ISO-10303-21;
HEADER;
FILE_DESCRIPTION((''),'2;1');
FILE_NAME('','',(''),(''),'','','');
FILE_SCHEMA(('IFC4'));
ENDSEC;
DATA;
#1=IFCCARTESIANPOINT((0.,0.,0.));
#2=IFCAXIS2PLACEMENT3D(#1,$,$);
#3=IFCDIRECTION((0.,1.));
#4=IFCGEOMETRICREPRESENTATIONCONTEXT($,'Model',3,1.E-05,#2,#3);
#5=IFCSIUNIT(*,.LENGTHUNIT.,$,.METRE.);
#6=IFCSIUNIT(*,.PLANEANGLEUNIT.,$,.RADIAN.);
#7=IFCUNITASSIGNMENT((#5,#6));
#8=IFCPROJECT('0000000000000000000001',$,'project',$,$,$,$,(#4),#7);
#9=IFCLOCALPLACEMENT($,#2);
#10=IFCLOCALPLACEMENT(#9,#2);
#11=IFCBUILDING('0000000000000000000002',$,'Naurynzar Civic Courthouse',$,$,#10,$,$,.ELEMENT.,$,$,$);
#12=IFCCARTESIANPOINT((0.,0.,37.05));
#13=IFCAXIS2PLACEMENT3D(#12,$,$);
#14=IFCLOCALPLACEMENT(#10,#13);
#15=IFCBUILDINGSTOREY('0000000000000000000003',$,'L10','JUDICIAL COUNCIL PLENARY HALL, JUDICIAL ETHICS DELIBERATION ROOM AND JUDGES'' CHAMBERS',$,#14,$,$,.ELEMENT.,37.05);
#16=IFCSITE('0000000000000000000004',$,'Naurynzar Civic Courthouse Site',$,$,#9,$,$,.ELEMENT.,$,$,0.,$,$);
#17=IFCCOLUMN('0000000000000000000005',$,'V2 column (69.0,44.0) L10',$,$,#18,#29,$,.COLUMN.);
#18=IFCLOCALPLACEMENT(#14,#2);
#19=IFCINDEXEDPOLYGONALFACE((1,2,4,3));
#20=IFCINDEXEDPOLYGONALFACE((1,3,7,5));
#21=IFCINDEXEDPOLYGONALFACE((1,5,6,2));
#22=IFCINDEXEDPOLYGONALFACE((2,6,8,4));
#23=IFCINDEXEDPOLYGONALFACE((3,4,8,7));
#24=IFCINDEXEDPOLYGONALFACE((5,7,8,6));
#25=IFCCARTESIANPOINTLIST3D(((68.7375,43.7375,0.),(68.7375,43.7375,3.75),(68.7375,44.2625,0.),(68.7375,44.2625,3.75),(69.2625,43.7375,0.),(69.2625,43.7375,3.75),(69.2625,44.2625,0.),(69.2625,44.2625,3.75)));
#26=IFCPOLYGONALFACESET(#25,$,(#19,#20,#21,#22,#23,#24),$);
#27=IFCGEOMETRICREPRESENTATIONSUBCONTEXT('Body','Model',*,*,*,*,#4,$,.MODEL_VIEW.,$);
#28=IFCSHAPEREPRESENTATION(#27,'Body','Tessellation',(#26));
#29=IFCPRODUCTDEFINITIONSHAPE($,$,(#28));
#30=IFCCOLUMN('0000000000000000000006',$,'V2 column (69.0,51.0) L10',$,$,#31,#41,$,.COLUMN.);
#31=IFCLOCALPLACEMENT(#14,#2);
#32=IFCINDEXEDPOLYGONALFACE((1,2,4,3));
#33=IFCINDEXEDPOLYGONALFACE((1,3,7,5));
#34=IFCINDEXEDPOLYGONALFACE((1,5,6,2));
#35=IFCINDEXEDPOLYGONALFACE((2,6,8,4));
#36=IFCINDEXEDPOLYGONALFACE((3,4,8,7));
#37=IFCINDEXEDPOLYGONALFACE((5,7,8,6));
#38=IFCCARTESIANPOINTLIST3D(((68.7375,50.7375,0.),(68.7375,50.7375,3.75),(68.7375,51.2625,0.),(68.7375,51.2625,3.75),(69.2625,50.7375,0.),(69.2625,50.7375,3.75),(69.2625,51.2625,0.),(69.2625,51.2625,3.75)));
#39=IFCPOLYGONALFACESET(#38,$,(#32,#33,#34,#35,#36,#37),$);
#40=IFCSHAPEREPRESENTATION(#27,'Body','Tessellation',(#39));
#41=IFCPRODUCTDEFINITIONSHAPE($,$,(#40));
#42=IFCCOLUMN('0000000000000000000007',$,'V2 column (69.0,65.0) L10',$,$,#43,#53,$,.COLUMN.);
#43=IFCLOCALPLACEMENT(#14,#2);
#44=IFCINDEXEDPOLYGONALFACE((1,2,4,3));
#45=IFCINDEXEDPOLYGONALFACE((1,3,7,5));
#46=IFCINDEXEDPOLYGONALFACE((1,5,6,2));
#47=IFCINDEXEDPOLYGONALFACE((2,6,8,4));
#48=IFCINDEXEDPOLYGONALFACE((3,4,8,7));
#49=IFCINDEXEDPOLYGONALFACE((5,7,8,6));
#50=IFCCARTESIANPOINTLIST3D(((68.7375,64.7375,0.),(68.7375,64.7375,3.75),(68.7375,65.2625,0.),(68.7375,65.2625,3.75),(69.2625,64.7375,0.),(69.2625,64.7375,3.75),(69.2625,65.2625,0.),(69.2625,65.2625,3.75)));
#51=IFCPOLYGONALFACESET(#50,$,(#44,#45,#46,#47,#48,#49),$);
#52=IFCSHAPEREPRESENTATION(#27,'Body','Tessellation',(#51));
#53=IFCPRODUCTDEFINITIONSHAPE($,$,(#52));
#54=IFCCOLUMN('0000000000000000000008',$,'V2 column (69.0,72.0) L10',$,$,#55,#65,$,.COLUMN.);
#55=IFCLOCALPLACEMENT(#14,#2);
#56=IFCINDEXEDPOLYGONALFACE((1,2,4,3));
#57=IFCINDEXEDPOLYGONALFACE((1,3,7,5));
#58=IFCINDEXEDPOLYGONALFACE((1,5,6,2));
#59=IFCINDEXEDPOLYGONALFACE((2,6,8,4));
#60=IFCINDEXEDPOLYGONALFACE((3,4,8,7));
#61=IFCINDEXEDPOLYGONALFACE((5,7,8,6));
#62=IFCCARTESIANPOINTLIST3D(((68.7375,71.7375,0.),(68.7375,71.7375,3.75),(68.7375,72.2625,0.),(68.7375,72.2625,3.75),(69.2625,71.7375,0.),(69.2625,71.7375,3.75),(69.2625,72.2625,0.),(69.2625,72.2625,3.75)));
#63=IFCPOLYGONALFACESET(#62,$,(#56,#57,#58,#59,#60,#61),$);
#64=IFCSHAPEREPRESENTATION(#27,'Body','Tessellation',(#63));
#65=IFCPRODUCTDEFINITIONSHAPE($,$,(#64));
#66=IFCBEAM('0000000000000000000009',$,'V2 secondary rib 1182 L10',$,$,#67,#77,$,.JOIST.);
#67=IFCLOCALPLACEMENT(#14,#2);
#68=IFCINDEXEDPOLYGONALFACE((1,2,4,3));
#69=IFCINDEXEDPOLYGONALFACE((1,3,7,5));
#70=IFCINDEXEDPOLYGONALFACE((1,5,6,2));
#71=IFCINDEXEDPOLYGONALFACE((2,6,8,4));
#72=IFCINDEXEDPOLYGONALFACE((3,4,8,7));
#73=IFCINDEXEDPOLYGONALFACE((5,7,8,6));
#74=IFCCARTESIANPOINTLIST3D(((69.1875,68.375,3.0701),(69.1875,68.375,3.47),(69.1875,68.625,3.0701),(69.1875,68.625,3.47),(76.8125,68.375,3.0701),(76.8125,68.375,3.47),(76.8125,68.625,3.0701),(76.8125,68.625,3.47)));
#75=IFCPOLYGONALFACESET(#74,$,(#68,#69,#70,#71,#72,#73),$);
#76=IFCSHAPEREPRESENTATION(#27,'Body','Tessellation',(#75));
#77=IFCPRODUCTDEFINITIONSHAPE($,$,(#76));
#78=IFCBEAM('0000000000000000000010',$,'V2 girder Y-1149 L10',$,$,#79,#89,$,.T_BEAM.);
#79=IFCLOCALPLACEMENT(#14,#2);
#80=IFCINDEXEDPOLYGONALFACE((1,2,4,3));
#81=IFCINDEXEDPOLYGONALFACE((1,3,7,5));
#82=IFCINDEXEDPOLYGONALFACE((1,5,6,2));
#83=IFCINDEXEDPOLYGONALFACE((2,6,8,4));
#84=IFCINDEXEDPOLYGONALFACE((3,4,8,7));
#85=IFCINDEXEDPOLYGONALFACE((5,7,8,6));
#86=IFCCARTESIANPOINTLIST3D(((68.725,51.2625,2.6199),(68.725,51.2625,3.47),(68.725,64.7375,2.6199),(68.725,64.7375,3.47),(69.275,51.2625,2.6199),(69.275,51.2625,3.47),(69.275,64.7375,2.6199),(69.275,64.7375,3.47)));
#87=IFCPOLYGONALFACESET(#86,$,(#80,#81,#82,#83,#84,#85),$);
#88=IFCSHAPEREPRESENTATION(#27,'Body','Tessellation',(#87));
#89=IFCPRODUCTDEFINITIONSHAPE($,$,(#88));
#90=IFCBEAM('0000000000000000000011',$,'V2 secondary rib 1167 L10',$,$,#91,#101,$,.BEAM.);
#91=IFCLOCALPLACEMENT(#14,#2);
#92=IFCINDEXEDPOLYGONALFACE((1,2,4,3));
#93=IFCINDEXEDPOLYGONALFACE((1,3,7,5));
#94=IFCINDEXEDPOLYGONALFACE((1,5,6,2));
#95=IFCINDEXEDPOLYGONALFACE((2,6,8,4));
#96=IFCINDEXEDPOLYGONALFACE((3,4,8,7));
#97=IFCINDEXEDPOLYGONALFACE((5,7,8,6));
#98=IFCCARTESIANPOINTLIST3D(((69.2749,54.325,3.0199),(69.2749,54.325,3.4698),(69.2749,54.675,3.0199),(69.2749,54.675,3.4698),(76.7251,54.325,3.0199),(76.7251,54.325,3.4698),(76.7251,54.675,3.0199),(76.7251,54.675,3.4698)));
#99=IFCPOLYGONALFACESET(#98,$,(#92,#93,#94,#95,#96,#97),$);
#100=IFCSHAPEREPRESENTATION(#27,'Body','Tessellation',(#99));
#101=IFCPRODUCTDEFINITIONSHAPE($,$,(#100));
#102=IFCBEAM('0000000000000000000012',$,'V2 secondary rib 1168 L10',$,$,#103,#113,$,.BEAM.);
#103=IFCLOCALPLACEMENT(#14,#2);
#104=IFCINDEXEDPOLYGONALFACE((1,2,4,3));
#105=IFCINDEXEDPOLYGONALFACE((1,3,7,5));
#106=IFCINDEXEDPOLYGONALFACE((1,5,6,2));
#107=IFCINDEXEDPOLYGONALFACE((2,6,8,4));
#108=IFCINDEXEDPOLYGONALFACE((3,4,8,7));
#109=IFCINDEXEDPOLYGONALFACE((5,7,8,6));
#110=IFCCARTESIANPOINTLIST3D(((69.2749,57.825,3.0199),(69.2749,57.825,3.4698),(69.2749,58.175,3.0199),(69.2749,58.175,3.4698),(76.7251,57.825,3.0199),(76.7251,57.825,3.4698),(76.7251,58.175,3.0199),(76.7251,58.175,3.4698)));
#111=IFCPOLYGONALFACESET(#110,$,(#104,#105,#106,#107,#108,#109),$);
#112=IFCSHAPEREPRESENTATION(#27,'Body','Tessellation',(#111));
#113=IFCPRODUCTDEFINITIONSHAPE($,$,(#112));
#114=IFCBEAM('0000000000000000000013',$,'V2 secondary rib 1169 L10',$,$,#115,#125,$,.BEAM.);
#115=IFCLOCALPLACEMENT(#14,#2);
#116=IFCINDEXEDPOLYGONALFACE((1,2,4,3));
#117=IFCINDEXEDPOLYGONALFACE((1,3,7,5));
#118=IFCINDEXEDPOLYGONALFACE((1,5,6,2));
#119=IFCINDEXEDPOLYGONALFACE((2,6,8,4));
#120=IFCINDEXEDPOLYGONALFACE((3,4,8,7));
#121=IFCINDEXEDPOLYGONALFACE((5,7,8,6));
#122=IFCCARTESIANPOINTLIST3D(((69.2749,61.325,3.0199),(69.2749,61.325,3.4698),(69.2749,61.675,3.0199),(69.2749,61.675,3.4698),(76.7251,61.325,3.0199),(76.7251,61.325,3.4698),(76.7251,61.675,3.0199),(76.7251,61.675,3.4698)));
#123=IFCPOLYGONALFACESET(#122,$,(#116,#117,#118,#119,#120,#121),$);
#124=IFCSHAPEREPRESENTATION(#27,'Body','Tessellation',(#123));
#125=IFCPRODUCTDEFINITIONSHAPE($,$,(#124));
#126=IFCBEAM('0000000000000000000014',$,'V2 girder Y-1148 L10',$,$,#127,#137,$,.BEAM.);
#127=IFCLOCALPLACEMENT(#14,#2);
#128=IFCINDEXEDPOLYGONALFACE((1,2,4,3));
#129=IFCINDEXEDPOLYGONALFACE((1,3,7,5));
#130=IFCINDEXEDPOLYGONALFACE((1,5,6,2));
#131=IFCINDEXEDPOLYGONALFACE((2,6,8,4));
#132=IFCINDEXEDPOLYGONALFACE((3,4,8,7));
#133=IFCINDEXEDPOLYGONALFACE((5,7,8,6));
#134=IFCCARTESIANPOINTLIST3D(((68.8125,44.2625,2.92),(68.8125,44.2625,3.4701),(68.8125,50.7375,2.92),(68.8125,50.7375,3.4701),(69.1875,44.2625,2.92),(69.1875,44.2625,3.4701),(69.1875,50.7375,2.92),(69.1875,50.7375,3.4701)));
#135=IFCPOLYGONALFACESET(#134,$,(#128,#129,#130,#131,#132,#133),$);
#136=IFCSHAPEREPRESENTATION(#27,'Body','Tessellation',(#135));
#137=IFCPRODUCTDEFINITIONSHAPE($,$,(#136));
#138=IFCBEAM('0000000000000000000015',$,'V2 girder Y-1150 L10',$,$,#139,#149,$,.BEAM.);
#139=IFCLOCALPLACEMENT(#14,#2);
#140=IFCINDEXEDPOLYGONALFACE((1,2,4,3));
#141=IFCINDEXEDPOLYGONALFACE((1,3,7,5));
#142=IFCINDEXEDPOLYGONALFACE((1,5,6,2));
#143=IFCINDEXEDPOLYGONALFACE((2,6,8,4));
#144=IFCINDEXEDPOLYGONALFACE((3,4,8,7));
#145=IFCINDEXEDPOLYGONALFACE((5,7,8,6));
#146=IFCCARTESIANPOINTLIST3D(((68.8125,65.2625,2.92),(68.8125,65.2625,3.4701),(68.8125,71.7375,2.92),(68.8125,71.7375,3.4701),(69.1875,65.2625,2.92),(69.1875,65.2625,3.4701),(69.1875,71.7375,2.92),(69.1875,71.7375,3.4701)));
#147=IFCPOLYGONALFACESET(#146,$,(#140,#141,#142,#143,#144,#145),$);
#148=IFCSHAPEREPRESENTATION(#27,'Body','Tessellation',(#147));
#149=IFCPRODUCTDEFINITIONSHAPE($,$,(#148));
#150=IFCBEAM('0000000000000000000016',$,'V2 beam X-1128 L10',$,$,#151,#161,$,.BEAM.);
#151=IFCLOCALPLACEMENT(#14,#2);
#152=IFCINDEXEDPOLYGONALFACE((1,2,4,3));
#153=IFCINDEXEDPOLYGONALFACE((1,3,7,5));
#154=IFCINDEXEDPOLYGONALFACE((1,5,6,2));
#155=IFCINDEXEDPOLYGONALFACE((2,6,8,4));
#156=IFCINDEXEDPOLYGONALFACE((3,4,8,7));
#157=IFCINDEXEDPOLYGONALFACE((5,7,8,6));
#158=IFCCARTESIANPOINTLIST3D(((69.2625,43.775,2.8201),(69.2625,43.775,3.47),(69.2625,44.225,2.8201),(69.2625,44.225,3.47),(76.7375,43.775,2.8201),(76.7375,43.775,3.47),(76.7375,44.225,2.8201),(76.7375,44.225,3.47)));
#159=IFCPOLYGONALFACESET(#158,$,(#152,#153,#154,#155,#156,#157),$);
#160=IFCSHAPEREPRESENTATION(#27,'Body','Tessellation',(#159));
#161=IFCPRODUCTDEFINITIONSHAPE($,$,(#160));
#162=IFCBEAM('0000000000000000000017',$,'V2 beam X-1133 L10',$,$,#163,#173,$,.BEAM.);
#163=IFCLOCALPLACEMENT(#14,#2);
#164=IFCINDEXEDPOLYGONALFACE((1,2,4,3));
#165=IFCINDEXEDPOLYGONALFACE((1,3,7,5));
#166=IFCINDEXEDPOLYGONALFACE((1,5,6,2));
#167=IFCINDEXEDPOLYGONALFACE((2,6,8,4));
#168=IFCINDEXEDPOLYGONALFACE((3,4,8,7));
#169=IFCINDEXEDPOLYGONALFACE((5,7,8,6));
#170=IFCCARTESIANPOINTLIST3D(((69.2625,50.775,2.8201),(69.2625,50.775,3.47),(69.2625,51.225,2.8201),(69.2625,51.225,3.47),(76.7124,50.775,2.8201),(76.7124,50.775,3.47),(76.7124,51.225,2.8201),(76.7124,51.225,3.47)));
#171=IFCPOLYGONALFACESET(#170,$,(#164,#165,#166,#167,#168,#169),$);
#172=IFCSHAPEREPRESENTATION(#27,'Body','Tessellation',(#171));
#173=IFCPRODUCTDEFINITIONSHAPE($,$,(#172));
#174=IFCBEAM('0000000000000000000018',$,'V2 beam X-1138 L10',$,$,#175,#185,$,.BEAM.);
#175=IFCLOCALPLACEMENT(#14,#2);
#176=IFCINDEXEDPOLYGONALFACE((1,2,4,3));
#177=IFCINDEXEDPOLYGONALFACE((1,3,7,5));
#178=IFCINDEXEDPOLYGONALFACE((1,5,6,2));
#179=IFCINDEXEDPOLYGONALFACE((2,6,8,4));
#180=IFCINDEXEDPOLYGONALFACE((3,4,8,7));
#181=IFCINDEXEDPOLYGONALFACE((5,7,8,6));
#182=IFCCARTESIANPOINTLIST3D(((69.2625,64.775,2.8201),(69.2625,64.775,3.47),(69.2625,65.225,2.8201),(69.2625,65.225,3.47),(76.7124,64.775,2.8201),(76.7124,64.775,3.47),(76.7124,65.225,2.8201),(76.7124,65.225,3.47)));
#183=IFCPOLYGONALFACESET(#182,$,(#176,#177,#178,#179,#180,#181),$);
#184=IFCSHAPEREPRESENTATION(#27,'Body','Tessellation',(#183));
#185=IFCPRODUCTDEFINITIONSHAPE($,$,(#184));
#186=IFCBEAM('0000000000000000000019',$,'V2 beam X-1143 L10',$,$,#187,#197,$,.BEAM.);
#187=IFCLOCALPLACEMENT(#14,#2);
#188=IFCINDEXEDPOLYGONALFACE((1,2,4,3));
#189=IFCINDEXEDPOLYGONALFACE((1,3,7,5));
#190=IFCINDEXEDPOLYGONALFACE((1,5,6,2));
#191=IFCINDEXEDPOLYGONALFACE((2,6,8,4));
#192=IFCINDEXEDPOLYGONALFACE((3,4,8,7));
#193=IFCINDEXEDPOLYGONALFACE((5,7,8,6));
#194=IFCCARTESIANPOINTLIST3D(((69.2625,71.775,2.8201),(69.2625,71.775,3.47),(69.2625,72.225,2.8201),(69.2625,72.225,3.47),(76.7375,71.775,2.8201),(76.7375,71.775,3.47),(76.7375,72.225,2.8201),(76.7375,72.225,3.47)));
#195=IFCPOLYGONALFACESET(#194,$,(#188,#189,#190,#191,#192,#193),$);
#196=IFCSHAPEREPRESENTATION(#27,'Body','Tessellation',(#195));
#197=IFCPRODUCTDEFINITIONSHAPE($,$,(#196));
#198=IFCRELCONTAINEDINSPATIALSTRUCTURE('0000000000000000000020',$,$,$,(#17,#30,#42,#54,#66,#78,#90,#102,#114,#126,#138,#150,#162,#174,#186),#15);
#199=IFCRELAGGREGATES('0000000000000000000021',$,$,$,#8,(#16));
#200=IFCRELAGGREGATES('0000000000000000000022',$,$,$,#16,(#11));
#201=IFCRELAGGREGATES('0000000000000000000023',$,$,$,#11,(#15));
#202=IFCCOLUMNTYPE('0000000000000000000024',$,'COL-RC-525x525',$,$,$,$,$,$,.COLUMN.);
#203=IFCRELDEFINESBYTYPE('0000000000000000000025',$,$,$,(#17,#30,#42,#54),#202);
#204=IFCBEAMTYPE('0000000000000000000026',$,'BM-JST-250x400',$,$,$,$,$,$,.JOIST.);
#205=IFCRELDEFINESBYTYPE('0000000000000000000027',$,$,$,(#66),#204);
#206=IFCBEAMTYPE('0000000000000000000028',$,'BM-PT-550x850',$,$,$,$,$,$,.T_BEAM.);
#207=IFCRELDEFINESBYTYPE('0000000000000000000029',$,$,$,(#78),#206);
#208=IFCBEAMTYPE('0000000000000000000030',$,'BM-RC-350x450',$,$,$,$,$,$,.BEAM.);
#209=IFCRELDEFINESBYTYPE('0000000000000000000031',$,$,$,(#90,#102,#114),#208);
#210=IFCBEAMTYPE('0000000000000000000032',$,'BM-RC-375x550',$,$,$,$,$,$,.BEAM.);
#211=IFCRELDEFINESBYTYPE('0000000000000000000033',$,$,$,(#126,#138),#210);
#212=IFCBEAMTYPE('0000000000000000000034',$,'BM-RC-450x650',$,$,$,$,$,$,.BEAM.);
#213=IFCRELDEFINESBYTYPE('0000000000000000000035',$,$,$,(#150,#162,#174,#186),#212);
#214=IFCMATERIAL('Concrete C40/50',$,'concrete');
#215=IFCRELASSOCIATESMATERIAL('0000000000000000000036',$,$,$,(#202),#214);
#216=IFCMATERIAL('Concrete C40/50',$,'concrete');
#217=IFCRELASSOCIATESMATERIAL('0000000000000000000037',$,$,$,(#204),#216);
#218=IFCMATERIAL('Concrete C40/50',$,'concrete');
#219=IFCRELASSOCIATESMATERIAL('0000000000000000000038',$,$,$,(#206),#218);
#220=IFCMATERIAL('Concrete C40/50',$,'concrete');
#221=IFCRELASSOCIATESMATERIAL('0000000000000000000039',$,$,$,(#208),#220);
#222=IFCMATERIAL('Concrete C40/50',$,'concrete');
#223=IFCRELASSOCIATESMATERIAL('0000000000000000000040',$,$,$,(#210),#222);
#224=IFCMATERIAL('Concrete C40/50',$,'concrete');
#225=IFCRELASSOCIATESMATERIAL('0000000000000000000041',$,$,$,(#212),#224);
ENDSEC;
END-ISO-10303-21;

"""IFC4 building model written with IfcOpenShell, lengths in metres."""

from ifc_helpers import new_model, si_unit, direction, frame, origin, origin_2d, place, context, subcontext, project, spatial, rectangle, extrude, material, material_profile, profile_set, type_object, element, save


model = new_model("IFC4")

# Units and contexts
model_context = context("Model", 3, precision=1e-05, world=origin(), true_north=direction((0.0, 1.0)))
body_context = subcontext(model_context, "Body", "Model", "MODEL_VIEW")
ifc_project = project(units=[si_unit("LENGTHUNIT", "METRE"), si_unit("PLANEANGLEUNIT", "RADIAN")], contexts=[model_context])

# Site, building, storey
site_placement = place(None, origin())
site = spatial("IfcSite", under=ifc_project, at=site_placement, Name="Naurynzar Civic Courthouse Site", CompositionType="ELEMENT", RefElevation=0.0)
building_placement = place(site_placement, origin())
building = spatial("IfcBuilding", under=site, at=building_placement, Name="Naurynzar Civic Courthouse", CompositionType="ELEMENT")
storey_placement = place(building_placement, frame((0.0, 0.0, 37.05)))
storey = spatial("IfcBuildingStorey", under=building, at=storey_placement, Name="L10", Description="JUDICIAL COUNCIL PLENARY HALL, JUDICIAL ETHICS DELIBERATION ROOM AND JUDGES' CHAMBERS", CompositionType="ELEMENT", Elevation=37.05)

# Columns
ifc_material_1 = material(Name="Concrete C40/50", Category="concrete")
ifc_material_profile_1 = material_profile(ifc_material_1, rectangle(XDim=0.5249, YDim=0.5249, at=origin_2d()), Name="RC 525x525")
ifc_profile_set_1 = profile_set([ifc_material_profile_1], Name="Concrete C40/50")
column_type = type_object("IfcColumnType", Name="COL-RC-525x525", PredefinedType="COLUMN", material=ifc_profile_set_1)
for number, where, z_axis, x_axis, name in (
    (1, (69.0, 44.0, 0.0), (0.0, 0.0, 1.0), (1.0, 0.0, 0.0), "V2 column (69.0,44.0) L10"),
    (2, (69.0, 51.0, 0.0), (0.0, 0.0, 1.0), (1.0, 0.0, 0.0), "V2 column (69.0,51.0) L10"),
    (3, (69.0, 65.0, 0.0), (0.0, 0.0, 1.0), (1.0, 0.0, 0.0), "V2 column (69.0,65.0) L10"),
    (4, (69.0, 72.0, 0.0), (0.0, 0.0, 1.0), (1.0, 0.0, 0.0), "V2 column (69.0,72.0) L10"),
):
    element("IfcColumn", number, at=place(storey_placement, frame(where, z_axis=z_axis, x_axis=x_axis)), inside=storey, type_object=column_type, Name=name, PredefinedType="COLUMN", context=body_context, shape_type="SweptSolid", body=[
        extrude(rectangle(XDim=0.5249, YDim=0.5249, at=origin_2d()), origin(), (0.0, 0.0, 1.0), 3.75),
    ])

# Beams
ifc_material_2 = material(Name="Concrete C40/50", Category="concrete")
ifc_material_profile_2 = material_profile(ifc_material_2, rectangle(XDim=0.25, YDim=0.3999, at=origin_2d()), Name="RCB 250x400")
ifc_profile_set_2 = profile_set([ifc_material_profile_2], Name="Concrete C40/50")
beam_type_1 = type_object("IfcBeamType", Name="BM-JST-250x400", PredefinedType="JOIST", material=ifc_profile_set_2)
beam_1_placement = place(storey_placement, frame((69.1875, 68.5, 3.27), z_axis=(1.0, 0.0, 0.0), x_axis=(0.0, 1.0, 0.0)))
element("IfcBeam", 5, at=beam_1_placement, inside=storey, type_object=beam_type_1, Name="V2 secondary rib 1182 L10", PredefinedType="JOIST", context=body_context, shape_type="SweptSolid", body=[
    extrude(rectangle(XDim=0.25, YDim=0.3999, at=origin_2d()), origin(), (0.0, 0.0, 1.0), 7.625),
])
ifc_material_3 = material(Name="Concrete C40/50", Category="concrete")
ifc_material_profile_3 = material_profile(ifc_material_3, rectangle(XDim=0.55, YDim=0.8501, at=origin_2d()), Name="PTB 550x850")
ifc_profile_set_3 = profile_set([ifc_material_profile_3], Name="Concrete C40/50")
beam_type_2 = type_object("IfcBeamType", Name="BM-PT-550x850", PredefinedType="T_BEAM", material=ifc_profile_set_3)
beam_2_placement = place(storey_placement, frame((69.0, 51.2625, 3.0449), z_axis=(0.0, 1.0, 0.0), x_axis=(-1.0, 0.0, 0.0)))
element("IfcBeam", 6, at=beam_2_placement, inside=storey, type_object=beam_type_2, Name="V2 girder Y-1149 L10", PredefinedType="T_BEAM", context=body_context, shape_type="SweptSolid", body=[
    extrude(rectangle(XDim=0.55, YDim=0.8501, at=origin_2d()), origin(), (0.0, 0.0, 1.0), 13.4751),
])
ifc_material_4 = material(Name="Concrete C40/50", Category="concrete")
ifc_material_profile_4 = material_profile(ifc_material_4, rectangle(XDim=0.3501, YDim=0.45, at=origin_2d()), Name="RCB 350x450")
ifc_profile_set_4 = profile_set([ifc_material_profile_4], Name="Concrete C40/50")
beam_type_3 = type_object("IfcBeamType", Name="BM-RC-350x450", PredefinedType="BEAM", material=ifc_profile_set_4)
for number, where, z_axis, x_axis, name in (
    (7, (69.2749, 54.5, 3.2449), (1.0, 0.0, 0.0), (0.0, 1.0, 0.0), "V2 secondary rib 1167 L10"),
    (8, (69.2749, 58.0, 3.2449), (1.0, 0.0, 0.0), (0.0, 1.0, 0.0), "V2 secondary rib 1168 L10"),
    (9, (69.2749, 61.5, 3.2449), (1.0, 0.0, 0.0), (0.0, 1.0, 0.0), "V2 secondary rib 1169 L10"),
):
    element("IfcBeam", number, at=place(storey_placement, frame(where, z_axis=z_axis, x_axis=x_axis)), inside=storey, type_object=beam_type_3, Name=name, PredefinedType="BEAM", context=body_context, shape_type="SweptSolid", body=[
        extrude(rectangle(XDim=0.3501, YDim=0.45, at=origin_2d()), origin(), (0.0, 0.0, 1.0), 7.4502),
    ])
ifc_material_5 = material(Name="Concrete C40/50", Category="concrete")
ifc_material_profile_5 = material_profile(ifc_material_5, rectangle(XDim=0.375, YDim=0.55, at=origin_2d()), Name="RCB 375x550")
ifc_profile_set_5 = profile_set([ifc_material_profile_5], Name="Concrete C40/50")
beam_type_4 = type_object("IfcBeamType", Name="BM-RC-375x550", PredefinedType="BEAM", material=ifc_profile_set_5)
for number, where, z_axis, x_axis, name in (
    (10, (69.0, 44.2625, 3.1951), (0.0, 1.0, 0.0), (-1.0, 0.0, 0.0), "V2 girder Y-1148 L10"),
    (11, (69.0, 65.2625, 3.1951), (0.0, 1.0, 0.0), (-1.0, 0.0, 0.0), "V2 girder Y-1150 L10"),
):
    element("IfcBeam", number, at=place(storey_placement, frame(where, z_axis=z_axis, x_axis=x_axis)), inside=storey, type_object=beam_type_4, Name=name, PredefinedType="BEAM", context=body_context, shape_type="SweptSolid", body=[
        extrude(rectangle(XDim=0.375, YDim=0.55, at=origin_2d()), origin(), (0.0, 0.0, 1.0), 6.4751),
    ])
ifc_material_6 = material(Name="Concrete C40/50", Category="concrete")
ifc_material_profile_6 = material_profile(ifc_material_6, rectangle(XDim=0.45, YDim=0.6499, at=origin_2d()), Name="RCB 450x650")
ifc_profile_set_6 = profile_set([ifc_material_profile_6], Name="Concrete C40/50")
beam_type_5 = type_object("IfcBeamType", Name="BM-RC-450x650", PredefinedType="BEAM", material=ifc_profile_set_6)
beam_3_placement = place(storey_placement, frame((69.2625, 44.0, 3.145), z_axis=(1.0, 0.0, 0.0), x_axis=(0.0, 1.0, 0.0)))
element("IfcBeam", 12, at=beam_3_placement, inside=storey, type_object=beam_type_5, Name="V2 beam X-1128 L10", PredefinedType="BEAM", context=body_context, shape_type="SweptSolid", body=[
    extrude(rectangle(XDim=0.45, YDim=0.6499, at=origin_2d()), origin(), (0.0, 0.0, 1.0), 7.4751),
])
for number, where, z_axis, x_axis, name in (
    (13, (69.2625, 51.0, 3.145), (1.0, 0.0, 0.0), (0.0, 1.0, 0.0), "V2 beam X-1133 L10"),
    (14, (69.2625, 65.0, 3.145), (1.0, 0.0, 0.0), (0.0, 1.0, 0.0), "V2 beam X-1138 L10"),
):
    element("IfcBeam", number, at=place(storey_placement, frame(where, z_axis=z_axis, x_axis=x_axis)), inside=storey, type_object=beam_type_5, Name=name, PredefinedType="BEAM", context=body_context, shape_type="SweptSolid", body=[
        extrude(rectangle(XDim=0.45, YDim=0.6499, at=origin_2d()), origin(), (0.0, 0.0, 1.0), 7.45),
    ])
beam_4_placement = place(storey_placement, frame((69.2625, 72.0, 3.145), z_axis=(1.0, 0.0, 0.0), x_axis=(0.0, 1.0, 0.0)))
element("IfcBeam", 15, at=beam_4_placement, inside=storey, type_object=beam_type_5, Name="V2 beam X-1143 L10", PredefinedType="BEAM", context=body_context, shape_type="SweptSolid", body=[
    extrude(rectangle(XDim=0.45, YDim=0.6499, at=origin_2d()), origin(), (0.0, 0.0, 1.0), 7.4751),
])

save(model, "model.ifc")
